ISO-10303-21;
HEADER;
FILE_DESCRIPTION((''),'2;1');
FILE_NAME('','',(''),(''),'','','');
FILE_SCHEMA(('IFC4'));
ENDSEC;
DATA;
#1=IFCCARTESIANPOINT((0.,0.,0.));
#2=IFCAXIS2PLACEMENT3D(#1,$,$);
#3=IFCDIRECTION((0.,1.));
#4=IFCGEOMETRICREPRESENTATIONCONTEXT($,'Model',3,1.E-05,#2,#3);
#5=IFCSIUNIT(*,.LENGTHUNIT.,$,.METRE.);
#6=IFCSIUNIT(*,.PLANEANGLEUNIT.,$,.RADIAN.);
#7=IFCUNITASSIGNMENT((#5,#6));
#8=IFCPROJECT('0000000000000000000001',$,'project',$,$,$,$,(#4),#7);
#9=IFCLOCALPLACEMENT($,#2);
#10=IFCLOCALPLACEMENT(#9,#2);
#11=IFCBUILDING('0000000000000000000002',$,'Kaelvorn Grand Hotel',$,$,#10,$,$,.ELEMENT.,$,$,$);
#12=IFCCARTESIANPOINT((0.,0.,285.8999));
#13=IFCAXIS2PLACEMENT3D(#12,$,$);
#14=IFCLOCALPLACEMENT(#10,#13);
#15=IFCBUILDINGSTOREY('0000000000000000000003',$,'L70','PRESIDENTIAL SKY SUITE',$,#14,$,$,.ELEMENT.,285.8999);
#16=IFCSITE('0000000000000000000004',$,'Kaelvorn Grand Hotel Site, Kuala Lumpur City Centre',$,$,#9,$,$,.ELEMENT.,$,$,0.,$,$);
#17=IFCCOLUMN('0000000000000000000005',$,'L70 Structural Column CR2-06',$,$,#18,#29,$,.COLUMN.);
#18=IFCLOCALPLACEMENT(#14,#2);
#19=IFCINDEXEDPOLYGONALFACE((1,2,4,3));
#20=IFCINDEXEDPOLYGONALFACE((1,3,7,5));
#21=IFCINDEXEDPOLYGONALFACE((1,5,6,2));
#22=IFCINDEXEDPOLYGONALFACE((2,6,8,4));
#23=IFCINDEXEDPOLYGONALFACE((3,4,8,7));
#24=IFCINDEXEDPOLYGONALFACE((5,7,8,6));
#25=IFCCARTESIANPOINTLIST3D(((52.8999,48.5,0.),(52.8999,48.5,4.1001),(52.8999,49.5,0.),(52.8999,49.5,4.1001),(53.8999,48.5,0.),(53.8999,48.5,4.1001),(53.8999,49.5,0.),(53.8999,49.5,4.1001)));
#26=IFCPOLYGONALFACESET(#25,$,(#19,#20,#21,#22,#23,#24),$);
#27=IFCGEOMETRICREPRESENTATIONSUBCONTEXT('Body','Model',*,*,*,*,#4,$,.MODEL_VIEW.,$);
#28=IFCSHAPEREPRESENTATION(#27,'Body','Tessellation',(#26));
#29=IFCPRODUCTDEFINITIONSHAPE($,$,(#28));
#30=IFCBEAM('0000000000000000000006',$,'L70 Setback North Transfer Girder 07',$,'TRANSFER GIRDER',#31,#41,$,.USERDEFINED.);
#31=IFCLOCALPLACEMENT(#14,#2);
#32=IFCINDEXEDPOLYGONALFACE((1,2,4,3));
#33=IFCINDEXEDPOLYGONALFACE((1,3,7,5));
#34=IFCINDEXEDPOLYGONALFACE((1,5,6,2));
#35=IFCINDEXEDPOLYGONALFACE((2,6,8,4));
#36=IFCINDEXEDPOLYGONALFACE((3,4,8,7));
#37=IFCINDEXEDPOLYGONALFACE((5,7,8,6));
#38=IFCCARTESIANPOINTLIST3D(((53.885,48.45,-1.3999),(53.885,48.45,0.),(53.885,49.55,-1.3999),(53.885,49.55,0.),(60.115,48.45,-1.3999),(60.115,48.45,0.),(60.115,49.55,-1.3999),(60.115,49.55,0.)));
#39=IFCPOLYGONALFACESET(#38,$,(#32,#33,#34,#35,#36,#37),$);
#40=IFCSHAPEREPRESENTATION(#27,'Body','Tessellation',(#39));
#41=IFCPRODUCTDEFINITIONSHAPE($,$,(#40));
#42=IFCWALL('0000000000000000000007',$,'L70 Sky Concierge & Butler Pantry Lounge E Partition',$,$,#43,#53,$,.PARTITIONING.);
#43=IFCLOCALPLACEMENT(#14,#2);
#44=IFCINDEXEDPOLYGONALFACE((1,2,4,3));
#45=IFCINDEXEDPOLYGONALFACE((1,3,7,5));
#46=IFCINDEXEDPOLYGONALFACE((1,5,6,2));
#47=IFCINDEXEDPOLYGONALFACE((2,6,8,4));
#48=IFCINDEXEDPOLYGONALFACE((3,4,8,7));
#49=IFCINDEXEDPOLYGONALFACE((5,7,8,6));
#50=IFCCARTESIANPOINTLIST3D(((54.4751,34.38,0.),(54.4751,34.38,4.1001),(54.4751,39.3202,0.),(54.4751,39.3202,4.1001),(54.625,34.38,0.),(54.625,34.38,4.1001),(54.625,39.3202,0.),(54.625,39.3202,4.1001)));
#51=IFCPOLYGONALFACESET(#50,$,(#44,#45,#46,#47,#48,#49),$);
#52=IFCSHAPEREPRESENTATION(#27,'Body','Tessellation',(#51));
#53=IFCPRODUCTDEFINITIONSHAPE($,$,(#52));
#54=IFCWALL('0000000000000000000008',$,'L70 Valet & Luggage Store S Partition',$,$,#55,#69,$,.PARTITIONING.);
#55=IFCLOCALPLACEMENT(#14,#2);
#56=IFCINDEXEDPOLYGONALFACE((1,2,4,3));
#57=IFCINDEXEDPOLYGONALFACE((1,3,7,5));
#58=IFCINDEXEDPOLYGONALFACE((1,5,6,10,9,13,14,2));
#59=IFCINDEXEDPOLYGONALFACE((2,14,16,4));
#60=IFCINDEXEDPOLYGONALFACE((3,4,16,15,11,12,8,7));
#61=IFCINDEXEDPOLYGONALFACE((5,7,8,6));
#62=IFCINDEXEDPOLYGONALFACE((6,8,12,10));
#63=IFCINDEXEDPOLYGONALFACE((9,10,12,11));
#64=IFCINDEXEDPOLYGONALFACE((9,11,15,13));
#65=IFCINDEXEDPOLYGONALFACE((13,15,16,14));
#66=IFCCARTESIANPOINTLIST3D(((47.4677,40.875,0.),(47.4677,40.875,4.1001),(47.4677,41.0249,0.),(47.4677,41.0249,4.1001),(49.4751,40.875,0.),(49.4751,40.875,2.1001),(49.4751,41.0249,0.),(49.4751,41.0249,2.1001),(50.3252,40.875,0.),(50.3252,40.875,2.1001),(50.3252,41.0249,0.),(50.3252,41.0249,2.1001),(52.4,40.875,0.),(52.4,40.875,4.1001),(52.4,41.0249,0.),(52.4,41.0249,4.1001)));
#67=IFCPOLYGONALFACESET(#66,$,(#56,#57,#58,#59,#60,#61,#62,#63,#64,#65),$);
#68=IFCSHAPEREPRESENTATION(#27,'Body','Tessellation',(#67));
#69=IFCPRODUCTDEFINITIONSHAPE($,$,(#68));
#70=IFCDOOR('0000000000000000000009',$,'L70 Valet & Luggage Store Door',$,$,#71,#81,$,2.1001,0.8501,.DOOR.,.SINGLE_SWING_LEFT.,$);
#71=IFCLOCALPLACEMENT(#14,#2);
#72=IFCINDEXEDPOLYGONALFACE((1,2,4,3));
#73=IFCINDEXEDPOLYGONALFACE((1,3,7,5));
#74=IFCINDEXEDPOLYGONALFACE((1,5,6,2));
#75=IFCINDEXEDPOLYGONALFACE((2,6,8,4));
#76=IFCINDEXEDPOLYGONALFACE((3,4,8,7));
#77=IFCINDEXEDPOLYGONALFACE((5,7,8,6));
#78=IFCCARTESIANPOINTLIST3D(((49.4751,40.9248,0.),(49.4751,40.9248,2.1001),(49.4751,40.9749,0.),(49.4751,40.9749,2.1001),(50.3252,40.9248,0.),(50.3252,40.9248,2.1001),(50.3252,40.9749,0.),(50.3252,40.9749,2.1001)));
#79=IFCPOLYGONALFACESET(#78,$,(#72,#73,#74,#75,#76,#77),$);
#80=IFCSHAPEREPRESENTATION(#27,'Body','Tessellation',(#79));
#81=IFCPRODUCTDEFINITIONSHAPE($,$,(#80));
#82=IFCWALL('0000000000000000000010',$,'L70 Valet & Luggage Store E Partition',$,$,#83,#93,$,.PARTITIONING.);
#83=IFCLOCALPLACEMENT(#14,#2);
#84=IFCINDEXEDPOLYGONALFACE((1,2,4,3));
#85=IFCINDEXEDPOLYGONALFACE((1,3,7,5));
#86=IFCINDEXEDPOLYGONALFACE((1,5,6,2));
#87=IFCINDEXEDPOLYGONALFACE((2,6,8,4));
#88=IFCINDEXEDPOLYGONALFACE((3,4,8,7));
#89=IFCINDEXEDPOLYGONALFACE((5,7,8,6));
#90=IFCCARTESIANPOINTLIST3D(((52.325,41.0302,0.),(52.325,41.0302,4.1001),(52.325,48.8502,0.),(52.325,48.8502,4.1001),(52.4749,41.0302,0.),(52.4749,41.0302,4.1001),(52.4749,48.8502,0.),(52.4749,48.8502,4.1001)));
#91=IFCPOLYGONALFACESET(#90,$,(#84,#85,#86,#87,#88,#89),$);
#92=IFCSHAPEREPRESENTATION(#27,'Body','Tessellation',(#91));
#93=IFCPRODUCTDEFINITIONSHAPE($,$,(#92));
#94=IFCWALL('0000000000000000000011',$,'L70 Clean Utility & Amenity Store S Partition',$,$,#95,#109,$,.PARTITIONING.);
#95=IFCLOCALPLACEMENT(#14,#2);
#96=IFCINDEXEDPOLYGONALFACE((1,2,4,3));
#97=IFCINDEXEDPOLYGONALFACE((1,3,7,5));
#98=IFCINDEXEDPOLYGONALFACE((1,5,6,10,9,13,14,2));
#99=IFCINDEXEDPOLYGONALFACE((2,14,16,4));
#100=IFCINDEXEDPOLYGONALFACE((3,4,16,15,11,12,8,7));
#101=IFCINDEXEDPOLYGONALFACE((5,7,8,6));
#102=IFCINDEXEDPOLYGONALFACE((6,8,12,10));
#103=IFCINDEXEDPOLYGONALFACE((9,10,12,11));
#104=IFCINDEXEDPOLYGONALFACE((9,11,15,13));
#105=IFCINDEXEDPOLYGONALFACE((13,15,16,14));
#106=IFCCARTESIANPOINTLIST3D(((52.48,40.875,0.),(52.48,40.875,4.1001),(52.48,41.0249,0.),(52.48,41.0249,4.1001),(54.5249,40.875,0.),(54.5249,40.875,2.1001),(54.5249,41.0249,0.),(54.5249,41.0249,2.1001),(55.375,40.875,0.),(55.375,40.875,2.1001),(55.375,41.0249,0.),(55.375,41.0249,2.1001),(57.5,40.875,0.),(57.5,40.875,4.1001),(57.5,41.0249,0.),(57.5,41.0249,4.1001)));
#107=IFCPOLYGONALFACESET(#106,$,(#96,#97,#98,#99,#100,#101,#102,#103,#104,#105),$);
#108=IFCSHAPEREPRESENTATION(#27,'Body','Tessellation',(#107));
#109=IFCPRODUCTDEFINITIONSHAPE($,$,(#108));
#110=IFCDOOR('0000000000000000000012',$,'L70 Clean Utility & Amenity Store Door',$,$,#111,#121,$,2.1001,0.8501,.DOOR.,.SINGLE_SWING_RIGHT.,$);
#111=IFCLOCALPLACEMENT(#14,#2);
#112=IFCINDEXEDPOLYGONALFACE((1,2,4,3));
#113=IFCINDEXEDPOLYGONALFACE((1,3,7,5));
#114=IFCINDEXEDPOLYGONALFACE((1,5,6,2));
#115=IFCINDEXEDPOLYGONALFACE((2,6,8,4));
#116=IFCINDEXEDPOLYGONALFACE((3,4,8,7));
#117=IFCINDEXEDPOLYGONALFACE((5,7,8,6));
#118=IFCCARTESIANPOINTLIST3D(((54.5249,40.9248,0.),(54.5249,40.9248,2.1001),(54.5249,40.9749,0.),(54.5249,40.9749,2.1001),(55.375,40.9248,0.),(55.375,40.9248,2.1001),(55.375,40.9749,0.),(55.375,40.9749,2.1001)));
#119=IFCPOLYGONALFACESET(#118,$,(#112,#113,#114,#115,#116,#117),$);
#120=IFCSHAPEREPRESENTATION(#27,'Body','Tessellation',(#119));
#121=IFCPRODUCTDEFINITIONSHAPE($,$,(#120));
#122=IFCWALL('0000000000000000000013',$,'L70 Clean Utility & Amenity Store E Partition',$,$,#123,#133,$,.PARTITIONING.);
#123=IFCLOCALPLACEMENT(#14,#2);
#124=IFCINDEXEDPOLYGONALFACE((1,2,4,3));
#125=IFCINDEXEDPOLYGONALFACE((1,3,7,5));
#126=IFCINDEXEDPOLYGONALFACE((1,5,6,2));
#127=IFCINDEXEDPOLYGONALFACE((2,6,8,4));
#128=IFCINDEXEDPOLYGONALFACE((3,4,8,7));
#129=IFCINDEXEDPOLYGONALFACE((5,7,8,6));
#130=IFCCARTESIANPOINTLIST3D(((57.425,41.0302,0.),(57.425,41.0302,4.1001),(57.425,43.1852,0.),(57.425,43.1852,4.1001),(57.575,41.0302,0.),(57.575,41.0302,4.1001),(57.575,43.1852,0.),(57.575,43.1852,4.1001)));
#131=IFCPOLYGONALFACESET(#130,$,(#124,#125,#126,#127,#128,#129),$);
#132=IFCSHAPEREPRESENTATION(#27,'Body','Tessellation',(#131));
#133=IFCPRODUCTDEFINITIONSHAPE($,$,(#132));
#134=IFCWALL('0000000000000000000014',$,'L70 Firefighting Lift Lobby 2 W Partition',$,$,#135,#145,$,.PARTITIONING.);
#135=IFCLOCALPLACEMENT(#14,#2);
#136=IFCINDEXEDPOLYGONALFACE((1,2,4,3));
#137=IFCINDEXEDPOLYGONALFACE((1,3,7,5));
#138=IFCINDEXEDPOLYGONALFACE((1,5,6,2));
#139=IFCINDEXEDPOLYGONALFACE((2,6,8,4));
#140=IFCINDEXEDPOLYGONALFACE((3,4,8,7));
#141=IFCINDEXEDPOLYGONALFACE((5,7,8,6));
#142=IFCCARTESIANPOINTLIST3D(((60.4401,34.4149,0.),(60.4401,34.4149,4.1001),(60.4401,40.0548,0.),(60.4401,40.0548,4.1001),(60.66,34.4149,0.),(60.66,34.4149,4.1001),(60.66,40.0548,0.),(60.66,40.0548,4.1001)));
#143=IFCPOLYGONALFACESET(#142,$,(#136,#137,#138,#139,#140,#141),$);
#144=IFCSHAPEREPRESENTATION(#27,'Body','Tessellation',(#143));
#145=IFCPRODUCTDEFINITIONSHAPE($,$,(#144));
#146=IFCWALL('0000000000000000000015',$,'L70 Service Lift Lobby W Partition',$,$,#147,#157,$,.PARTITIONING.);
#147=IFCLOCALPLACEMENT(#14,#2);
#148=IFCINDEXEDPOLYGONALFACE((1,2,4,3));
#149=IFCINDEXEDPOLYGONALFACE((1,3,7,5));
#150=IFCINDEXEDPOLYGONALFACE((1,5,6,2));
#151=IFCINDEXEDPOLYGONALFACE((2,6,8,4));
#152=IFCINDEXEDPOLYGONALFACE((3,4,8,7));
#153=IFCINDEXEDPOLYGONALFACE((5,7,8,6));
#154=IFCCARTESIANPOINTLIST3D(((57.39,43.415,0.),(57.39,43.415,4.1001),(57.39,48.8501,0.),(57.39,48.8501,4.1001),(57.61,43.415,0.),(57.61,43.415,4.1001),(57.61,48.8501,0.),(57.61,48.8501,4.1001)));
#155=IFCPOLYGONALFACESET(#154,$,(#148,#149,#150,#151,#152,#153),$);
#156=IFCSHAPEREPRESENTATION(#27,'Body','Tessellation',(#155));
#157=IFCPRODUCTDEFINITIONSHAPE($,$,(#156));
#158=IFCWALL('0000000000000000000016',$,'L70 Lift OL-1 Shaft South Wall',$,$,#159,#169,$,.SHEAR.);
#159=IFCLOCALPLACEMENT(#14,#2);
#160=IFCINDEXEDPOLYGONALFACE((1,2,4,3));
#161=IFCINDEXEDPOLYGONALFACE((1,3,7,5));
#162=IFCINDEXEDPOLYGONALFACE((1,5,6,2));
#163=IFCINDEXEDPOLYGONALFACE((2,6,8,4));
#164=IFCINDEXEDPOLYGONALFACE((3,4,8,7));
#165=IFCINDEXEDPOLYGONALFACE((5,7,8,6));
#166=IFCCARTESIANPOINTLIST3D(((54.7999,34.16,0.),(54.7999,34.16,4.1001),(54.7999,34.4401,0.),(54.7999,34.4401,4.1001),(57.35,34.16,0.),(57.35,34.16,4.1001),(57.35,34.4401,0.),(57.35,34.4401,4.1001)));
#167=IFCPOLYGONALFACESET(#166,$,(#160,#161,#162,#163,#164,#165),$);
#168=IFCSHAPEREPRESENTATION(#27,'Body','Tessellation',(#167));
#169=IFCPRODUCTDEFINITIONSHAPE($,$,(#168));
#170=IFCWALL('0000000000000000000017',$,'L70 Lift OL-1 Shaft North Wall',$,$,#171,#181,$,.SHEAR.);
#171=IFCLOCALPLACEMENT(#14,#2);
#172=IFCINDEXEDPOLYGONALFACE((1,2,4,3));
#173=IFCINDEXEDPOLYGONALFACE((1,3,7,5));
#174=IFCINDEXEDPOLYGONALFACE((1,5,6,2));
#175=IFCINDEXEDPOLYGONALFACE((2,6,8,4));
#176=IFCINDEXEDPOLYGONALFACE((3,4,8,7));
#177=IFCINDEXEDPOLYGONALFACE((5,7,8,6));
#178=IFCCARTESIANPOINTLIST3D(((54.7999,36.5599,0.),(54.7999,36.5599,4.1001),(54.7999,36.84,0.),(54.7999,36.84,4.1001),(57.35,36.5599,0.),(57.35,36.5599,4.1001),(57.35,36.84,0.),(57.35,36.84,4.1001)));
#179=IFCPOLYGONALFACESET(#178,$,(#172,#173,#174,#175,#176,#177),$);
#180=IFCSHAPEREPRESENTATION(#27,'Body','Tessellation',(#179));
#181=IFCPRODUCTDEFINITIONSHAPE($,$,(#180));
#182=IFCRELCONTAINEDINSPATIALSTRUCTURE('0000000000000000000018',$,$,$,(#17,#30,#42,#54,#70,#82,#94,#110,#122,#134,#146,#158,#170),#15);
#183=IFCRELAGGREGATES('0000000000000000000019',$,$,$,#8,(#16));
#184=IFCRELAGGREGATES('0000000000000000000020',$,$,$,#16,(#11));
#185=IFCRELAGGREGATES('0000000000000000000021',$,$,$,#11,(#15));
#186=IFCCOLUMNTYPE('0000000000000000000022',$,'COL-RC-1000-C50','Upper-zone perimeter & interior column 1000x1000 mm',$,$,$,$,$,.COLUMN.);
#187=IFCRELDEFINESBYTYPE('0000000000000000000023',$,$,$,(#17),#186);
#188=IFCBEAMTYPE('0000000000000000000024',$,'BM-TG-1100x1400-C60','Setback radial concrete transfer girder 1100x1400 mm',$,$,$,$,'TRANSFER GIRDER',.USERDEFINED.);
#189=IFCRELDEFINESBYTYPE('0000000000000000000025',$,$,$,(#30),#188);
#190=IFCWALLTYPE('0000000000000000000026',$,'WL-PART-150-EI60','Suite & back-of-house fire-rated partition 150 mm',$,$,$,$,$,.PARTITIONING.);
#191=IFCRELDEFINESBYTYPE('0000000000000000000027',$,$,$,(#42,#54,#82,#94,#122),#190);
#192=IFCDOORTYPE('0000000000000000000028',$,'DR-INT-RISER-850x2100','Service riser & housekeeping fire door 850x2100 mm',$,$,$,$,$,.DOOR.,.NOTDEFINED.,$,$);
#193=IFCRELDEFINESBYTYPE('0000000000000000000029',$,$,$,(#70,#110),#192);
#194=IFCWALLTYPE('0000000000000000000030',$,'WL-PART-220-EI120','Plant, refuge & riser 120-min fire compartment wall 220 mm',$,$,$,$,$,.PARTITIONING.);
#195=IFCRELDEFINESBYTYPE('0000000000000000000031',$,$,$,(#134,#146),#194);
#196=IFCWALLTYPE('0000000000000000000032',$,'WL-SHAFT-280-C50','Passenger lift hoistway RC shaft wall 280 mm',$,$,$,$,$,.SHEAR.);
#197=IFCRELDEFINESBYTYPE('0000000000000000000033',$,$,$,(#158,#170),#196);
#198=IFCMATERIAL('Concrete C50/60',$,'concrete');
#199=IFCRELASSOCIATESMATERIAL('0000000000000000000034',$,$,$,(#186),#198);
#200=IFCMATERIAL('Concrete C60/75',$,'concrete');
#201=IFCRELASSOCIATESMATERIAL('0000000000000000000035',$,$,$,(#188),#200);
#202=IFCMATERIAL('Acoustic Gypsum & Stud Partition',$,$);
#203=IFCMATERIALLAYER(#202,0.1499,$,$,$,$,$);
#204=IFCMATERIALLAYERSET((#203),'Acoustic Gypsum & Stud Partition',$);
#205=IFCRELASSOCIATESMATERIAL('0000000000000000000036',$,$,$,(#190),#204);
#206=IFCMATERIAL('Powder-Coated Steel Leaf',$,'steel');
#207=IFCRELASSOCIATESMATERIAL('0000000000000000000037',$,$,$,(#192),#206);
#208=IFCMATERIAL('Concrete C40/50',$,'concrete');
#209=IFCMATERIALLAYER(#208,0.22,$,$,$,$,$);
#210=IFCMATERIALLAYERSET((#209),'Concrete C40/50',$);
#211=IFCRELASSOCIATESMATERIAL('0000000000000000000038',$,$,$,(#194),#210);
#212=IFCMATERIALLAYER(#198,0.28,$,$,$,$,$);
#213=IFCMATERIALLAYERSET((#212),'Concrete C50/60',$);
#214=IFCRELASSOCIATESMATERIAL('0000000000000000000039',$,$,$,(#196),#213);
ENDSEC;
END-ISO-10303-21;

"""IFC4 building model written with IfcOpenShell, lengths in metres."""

from ifc_helpers import new_model, si_unit, direction, frame, frame_2d, origin, origin_2d, place, context, subcontext, project, spatial, rectangle, extrude, material, layer, layer_set, material_profile, profile_set, type_object, element, fill, save


model = new_model("IFC4")

# Units and contexts
model_context = context("Model", 3, precision=1e-05, world=origin(), true_north=direction((0.0, 1.0)))
body_context = subcontext(model_context, "Body", "Model", "MODEL_VIEW")
ifc_project = project(units=[si_unit("LENGTHUNIT", "METRE"), si_unit("PLANEANGLEUNIT", "RADIAN")], contexts=[model_context])

# Site, building, storey
site_placement = place(None, origin())
site = spatial("IfcSite", under=ifc_project, at=site_placement, Name="Kaelvorn Grand Hotel Site, Kuala Lumpur City Centre", CompositionType="ELEMENT", RefElevation=0.0)
building_placement = place(site_placement, origin())
building = spatial("IfcBuilding", under=site, at=building_placement, Name="Kaelvorn Grand Hotel", CompositionType="ELEMENT")
storey_placement = place(building_placement, frame((0.0, 0.0, 285.8999)))
storey = spatial("IfcBuildingStorey", under=building, at=storey_placement, Name="L70", Description="PRESIDENTIAL SKY SUITE", CompositionType="ELEMENT", Elevation=285.8999)

# Column
ifc_material_1 = material(Name="Concrete C50/60", Category="concrete")
ifc_material_profile_1 = material_profile(ifc_material_1, rectangle(XDim=1.0, YDim=1.0, at=origin_2d()), Name="RC COL 1000x1000")
ifc_profile_set_1 = profile_set([ifc_material_profile_1], Name="Concrete C50/60")
column_type = type_object("IfcColumnType", Name="COL-RC-1000-C50", Description="Upper-zone perimeter & interior column 1000x1000 mm", PredefinedType="COLUMN", material=ifc_profile_set_1)
column_placement = place(storey_placement, frame((53.3999, 49.0, 0.0), z_axis=(0.0, 0.0, 1.0), x_axis=(1.0, 0.0, 0.0)))
element("IfcColumn", 1, at=column_placement, inside=storey, type_object=column_type, Name="L70 Structural Column CR2-06", PredefinedType="COLUMN", context=body_context, shape_type="SweptSolid", body=[
    extrude(rectangle(XDim=1.0, YDim=1.0, at=origin_2d()), origin(), (0.0, 0.0, 1.0), 4.1001),
])

# Beam
ifc_material_2 = material(Name="Concrete C60/75", Category="concrete")
ifc_material_profile_2 = material_profile(ifc_material_2, rectangle(XDim=1.1001, YDim=1.3999, at=origin_2d()), Name="RC TG 1100x1400")
ifc_profile_set_2 = profile_set([ifc_material_profile_2], Name="Concrete C60/75")
beam_type = type_object("IfcBeamType", Name="BM-TG-1100x1400-C60", Description="Setback radial concrete transfer girder 1100x1400 mm", ElementType="TRANSFER GIRDER", PredefinedType="USERDEFINED", material=ifc_profile_set_2)
beam_placement = place(storey_placement, frame((53.885, 49.0, -0.7), z_axis=(1.0, 0.0, 0.0), x_axis=(0.0, 1.0, 0.0)))
element("IfcBeam", 2, at=beam_placement, inside=storey, type_object=beam_type, Name="L70 Setback North Transfer Girder 07", ObjectType="TRANSFER GIRDER", PredefinedType="USERDEFINED", context=body_context, shape_type="SweptSolid", body=[
    extrude(rectangle(XDim=1.1001, YDim=1.3999, at=origin_2d()), origin(), (0.0, 0.0, 1.0), 6.23),
])

# Wall
ifc_material_3 = material(Name="Acoustic Gypsum & Stud Partition")
ifc_layer_1 = layer(ifc_material_3, 0.1499)
ifc_layer_set_1 = layer_set([ifc_layer_1], Name="Acoustic Gypsum & Stud Partition")
wall_type_1 = type_object("IfcWallType", Name="WL-PART-150-EI60", Description="Suite & back-of-house fire-rated partition 150 mm", PredefinedType="PARTITIONING", material=ifc_layer_set_1)
wall_1_placement = place(storey_placement, frame((54.55, 34.3799, 0.0), z_axis=(0.0, 0.0, 1.0), x_axis=(0.0, 1.0, 0.0)))
element("IfcWall", 3, at=wall_1_placement, inside=storey, type_object=wall_type_1, Name="L70 Sky Concierge & Butler Pantry Lounge E Partition", PredefinedType="PARTITIONING", context=body_context, shape_type="SweptSolid", body=[
    extrude(rectangle(XDim=4.9402, YDim=0.1499, at=frame_2d((2.4702, 0.0))), origin(), (0.0, 0.0, 1.0), 4.1001),
])

# Wall, opening, door
wall_2_placement = place(storey_placement, frame((47.4675, 40.95, 0.0), z_axis=(0.0, 0.0, 1.0), x_axis=(1.0, 0.0, 0.0)))
wall_2 = element("IfcWall", 4, at=wall_2_placement, inside=storey, type_object=wall_type_1, Name="L70 Valet & Luggage Store S Partition", PredefinedType="PARTITIONING", context=body_context, shape_type="SweptSolid", body=[
    extrude(rectangle(XDim=4.9324, YDim=0.1499, at=frame_2d((2.4663, 0.0))), origin(), (0.0, 0.0, 1.0), 4.1001),
])
opening_1_placement = place(wall_2_placement, frame((2.0076, 0.0, 0.0)))
opening_1 = element("IfcOpeningElement", 5, at=opening_1_placement, cuts=wall_2, PredefinedType="OPENING", context=body_context, shape_type="SweptSolid", body=[
    extrude(rectangle(XDim=0.8501, YDim=2.1001, at=frame_2d((0.425, 1.05))), frame((0.0, 0.085, 0.0), z_axis=(0.0, -1.0, 0.0), x_axis=(1.0, 0.0, 0.0)), (0.0, 0.0, 1.0), 0.1699),
])
ifc_material_4 = material(Name="Powder-Coated Steel Leaf", Category="steel")
door_type_1 = type_object("IfcDoorType", Name="DR-INT-RISER-850x2100", Description="Service riser & housekeeping fire door 850x2100 mm", OperationType="NOTDEFINED", PredefinedType="DOOR", material=ifc_material_4)
door_1_placement = place(opening_1_placement, origin())
door_1 = element("IfcDoor", 6, at=door_1_placement, inside=storey, type_object=door_type_1, Name="L70 Valet & Luggage Store Door", OperationType="SINGLE_SWING_LEFT", OverallHeight=2.1001, OverallWidth=0.8501, PredefinedType="DOOR", context=body_context, shape_type="SweptSolid", body=[
    extrude(rectangle(XDim=0.8501, YDim=2.1001, at=frame_2d((0.425, 1.05))), frame((0.0, 0.0249, 0.0), z_axis=(0.0, -1.0, 0.0), x_axis=(1.0, 0.0, 0.0)), (0.0, 0.0, 1.0), 0.05),
])
fill(opening_1, door_1)

# Wall
wall_3_placement = place(storey_placement, frame((52.3999, 41.03, 0.0), z_axis=(0.0, 0.0, 1.0), x_axis=(0.0, 1.0, 0.0)))
element("IfcWall", 7, at=wall_3_placement, inside=storey, type_object=wall_type_1, Name="L70 Valet & Luggage Store E Partition", PredefinedType="PARTITIONING", context=body_context, shape_type="SweptSolid", body=[
    extrude(rectangle(XDim=7.8201, YDim=0.1499, at=frame_2d((3.9102, 0.0))), origin(), (0.0, 0.0, 1.0), 4.1001),
])

# Wall, opening, door
wall_4_placement = place(storey_placement, frame((52.48, 40.95, 0.0), z_axis=(0.0, 0.0, 1.0), x_axis=(1.0, 0.0, 0.0)))
wall_4 = element("IfcWall", 8, at=wall_4_placement, inside=storey, type_object=wall_type_1, Name="L70 Clean Utility & Amenity Store S Partition", PredefinedType="PARTITIONING", context=body_context, shape_type="SweptSolid", body=[
    extrude(rectangle(XDim=5.02, YDim=0.1499, at=frame_2d((2.51, 0.0))), origin(), (0.0, 0.0, 1.0), 4.1001),
])
opening_2_placement = place(wall_4_placement, frame((2.0449, 0.0, 0.0)))
opening_2 = element("IfcOpeningElement", 9, at=opening_2_placement, cuts=wall_4, PredefinedType="OPENING", context=body_context, shape_type="SweptSolid", body=[
    extrude(rectangle(XDim=0.8501, YDim=2.1001, at=frame_2d((0.425, 1.05))), frame((0.0, 0.085, 0.0), z_axis=(0.0, -1.0, 0.0), x_axis=(1.0, 0.0, 0.0)), (0.0, 0.0, 1.0), 0.1699),
])
door_2_placement = place(opening_2_placement, origin())
door_2 = element("IfcDoor", 10, at=door_2_placement, inside=storey, type_object=door_type_1, Name="L70 Clean Utility & Amenity Store Door", OperationType="SINGLE_SWING_RIGHT", OverallHeight=2.1001, OverallWidth=0.8501, PredefinedType="DOOR", context=body_context, shape_type="SweptSolid", body=[
    extrude(rectangle(XDim=0.8501, YDim=2.1001, at=frame_2d((0.425, 1.05))), frame((0.0, 0.0249, 0.0), z_axis=(0.0, -1.0, 0.0), x_axis=(1.0, 0.0, 0.0)), (0.0, 0.0, 1.0), 0.05),
])
fill(opening_2, door_2)

# Wall
wall_5_placement = place(storey_placement, frame((57.5, 41.03, 0.0), z_axis=(0.0, 0.0, 1.0), x_axis=(0.0, 1.0, 0.0)))
element("IfcWall", 11, at=wall_5_placement, inside=storey, type_object=wall_type_1, Name="L70 Clean Utility & Amenity Store E Partition", PredefinedType="PARTITIONING", context=body_context, shape_type="SweptSolid", body=[
    extrude(rectangle(XDim=2.155, YDim=0.1499, at=frame_2d((1.0776, 0.0))), origin(), (0.0, 0.0, 1.0), 4.1001),
])

# Shared definitions
ifc_material_5 = material(Name="Concrete C40/50", Category="concrete")
ifc_layer_2 = layer(ifc_material_5, 0.22)
ifc_layer_set_2 = layer_set([ifc_layer_2], Name="Concrete C40/50")
wall_type_2 = type_object("IfcWallType", Name="WL-PART-220-EI120", Description="Plant, refuge & riser 120-min fire compartment wall 220 mm", PredefinedType="PARTITIONING", material=ifc_layer_set_2)

# Wall
wall_6_placement = place(storey_placement, frame((60.55, 34.415, 0.0), z_axis=(0.0, 0.0, 1.0), x_axis=(0.0, 1.0, 0.0)))
element("IfcWall", 12, at=wall_6_placement, inside=storey, type_object=wall_type_2, Name="L70 Firefighting Lift Lobby 2 W Partition", PredefinedType="PARTITIONING", context=body_context, shape_type="SweptSolid", body=[
    extrude(rectangle(XDim=5.6399, YDim=0.22, at=frame_2d((2.8198, 0.0))), origin(), (0.0, 0.0, 1.0), 4.1001),
])

# Walls
wall_7_placement = place(storey_placement, frame((57.5, 43.415, 0.0), z_axis=(0.0, 0.0, 1.0), x_axis=(0.0, 1.0, 0.0)))
element("IfcWall", 13, at=wall_7_placement, inside=storey, type_object=wall_type_2, Name="L70 Service Lift Lobby W Partition", PredefinedType="PARTITIONING", context=body_context, shape_type="SweptSolid", body=[
    extrude(rectangle(XDim=5.4351, YDim=0.22, at=frame_2d((2.7175, 0.0))), origin(), (0.0, 0.0, 1.0), 4.1001),
])
ifc_layer_3 = layer(ifc_material_1, 0.28)
ifc_layer_set_3 = layer_set([ifc_layer_3], Name="Concrete C50/60")
wall_type_3 = type_object("IfcWallType", Name="WL-SHAFT-280-C50", Description="Passenger lift hoistway RC shaft wall 280 mm", PredefinedType="SHEAR", material=ifc_layer_set_3)
for number, where, z_axis, x_axis, name in (
    (14, (54.8, 34.3, 0.0), (0.0, 0.0, 1.0), (1.0, 0.0, 0.0), "L70 Lift OL-1 Shaft South Wall"),
    (15, (54.8, 36.7, 0.0), (0.0, 0.0, 1.0), (1.0, 0.0, 0.0), "L70 Lift OL-1 Shaft North Wall"),
):
    element("IfcWall", number, at=place(storey_placement, frame(where, z_axis=z_axis, x_axis=x_axis)), inside=storey, type_object=wall_type_3, Name=name, PredefinedType="SHEAR", context=body_context, shape_type="SweptSolid", body=[
        extrude(rectangle(XDim=2.55, YDim=0.28, at=frame_2d((1.2749, 0.0))), origin(), (0.0, 0.0, 1.0), 4.1001),
    ])

save(model, "model.ifc")
